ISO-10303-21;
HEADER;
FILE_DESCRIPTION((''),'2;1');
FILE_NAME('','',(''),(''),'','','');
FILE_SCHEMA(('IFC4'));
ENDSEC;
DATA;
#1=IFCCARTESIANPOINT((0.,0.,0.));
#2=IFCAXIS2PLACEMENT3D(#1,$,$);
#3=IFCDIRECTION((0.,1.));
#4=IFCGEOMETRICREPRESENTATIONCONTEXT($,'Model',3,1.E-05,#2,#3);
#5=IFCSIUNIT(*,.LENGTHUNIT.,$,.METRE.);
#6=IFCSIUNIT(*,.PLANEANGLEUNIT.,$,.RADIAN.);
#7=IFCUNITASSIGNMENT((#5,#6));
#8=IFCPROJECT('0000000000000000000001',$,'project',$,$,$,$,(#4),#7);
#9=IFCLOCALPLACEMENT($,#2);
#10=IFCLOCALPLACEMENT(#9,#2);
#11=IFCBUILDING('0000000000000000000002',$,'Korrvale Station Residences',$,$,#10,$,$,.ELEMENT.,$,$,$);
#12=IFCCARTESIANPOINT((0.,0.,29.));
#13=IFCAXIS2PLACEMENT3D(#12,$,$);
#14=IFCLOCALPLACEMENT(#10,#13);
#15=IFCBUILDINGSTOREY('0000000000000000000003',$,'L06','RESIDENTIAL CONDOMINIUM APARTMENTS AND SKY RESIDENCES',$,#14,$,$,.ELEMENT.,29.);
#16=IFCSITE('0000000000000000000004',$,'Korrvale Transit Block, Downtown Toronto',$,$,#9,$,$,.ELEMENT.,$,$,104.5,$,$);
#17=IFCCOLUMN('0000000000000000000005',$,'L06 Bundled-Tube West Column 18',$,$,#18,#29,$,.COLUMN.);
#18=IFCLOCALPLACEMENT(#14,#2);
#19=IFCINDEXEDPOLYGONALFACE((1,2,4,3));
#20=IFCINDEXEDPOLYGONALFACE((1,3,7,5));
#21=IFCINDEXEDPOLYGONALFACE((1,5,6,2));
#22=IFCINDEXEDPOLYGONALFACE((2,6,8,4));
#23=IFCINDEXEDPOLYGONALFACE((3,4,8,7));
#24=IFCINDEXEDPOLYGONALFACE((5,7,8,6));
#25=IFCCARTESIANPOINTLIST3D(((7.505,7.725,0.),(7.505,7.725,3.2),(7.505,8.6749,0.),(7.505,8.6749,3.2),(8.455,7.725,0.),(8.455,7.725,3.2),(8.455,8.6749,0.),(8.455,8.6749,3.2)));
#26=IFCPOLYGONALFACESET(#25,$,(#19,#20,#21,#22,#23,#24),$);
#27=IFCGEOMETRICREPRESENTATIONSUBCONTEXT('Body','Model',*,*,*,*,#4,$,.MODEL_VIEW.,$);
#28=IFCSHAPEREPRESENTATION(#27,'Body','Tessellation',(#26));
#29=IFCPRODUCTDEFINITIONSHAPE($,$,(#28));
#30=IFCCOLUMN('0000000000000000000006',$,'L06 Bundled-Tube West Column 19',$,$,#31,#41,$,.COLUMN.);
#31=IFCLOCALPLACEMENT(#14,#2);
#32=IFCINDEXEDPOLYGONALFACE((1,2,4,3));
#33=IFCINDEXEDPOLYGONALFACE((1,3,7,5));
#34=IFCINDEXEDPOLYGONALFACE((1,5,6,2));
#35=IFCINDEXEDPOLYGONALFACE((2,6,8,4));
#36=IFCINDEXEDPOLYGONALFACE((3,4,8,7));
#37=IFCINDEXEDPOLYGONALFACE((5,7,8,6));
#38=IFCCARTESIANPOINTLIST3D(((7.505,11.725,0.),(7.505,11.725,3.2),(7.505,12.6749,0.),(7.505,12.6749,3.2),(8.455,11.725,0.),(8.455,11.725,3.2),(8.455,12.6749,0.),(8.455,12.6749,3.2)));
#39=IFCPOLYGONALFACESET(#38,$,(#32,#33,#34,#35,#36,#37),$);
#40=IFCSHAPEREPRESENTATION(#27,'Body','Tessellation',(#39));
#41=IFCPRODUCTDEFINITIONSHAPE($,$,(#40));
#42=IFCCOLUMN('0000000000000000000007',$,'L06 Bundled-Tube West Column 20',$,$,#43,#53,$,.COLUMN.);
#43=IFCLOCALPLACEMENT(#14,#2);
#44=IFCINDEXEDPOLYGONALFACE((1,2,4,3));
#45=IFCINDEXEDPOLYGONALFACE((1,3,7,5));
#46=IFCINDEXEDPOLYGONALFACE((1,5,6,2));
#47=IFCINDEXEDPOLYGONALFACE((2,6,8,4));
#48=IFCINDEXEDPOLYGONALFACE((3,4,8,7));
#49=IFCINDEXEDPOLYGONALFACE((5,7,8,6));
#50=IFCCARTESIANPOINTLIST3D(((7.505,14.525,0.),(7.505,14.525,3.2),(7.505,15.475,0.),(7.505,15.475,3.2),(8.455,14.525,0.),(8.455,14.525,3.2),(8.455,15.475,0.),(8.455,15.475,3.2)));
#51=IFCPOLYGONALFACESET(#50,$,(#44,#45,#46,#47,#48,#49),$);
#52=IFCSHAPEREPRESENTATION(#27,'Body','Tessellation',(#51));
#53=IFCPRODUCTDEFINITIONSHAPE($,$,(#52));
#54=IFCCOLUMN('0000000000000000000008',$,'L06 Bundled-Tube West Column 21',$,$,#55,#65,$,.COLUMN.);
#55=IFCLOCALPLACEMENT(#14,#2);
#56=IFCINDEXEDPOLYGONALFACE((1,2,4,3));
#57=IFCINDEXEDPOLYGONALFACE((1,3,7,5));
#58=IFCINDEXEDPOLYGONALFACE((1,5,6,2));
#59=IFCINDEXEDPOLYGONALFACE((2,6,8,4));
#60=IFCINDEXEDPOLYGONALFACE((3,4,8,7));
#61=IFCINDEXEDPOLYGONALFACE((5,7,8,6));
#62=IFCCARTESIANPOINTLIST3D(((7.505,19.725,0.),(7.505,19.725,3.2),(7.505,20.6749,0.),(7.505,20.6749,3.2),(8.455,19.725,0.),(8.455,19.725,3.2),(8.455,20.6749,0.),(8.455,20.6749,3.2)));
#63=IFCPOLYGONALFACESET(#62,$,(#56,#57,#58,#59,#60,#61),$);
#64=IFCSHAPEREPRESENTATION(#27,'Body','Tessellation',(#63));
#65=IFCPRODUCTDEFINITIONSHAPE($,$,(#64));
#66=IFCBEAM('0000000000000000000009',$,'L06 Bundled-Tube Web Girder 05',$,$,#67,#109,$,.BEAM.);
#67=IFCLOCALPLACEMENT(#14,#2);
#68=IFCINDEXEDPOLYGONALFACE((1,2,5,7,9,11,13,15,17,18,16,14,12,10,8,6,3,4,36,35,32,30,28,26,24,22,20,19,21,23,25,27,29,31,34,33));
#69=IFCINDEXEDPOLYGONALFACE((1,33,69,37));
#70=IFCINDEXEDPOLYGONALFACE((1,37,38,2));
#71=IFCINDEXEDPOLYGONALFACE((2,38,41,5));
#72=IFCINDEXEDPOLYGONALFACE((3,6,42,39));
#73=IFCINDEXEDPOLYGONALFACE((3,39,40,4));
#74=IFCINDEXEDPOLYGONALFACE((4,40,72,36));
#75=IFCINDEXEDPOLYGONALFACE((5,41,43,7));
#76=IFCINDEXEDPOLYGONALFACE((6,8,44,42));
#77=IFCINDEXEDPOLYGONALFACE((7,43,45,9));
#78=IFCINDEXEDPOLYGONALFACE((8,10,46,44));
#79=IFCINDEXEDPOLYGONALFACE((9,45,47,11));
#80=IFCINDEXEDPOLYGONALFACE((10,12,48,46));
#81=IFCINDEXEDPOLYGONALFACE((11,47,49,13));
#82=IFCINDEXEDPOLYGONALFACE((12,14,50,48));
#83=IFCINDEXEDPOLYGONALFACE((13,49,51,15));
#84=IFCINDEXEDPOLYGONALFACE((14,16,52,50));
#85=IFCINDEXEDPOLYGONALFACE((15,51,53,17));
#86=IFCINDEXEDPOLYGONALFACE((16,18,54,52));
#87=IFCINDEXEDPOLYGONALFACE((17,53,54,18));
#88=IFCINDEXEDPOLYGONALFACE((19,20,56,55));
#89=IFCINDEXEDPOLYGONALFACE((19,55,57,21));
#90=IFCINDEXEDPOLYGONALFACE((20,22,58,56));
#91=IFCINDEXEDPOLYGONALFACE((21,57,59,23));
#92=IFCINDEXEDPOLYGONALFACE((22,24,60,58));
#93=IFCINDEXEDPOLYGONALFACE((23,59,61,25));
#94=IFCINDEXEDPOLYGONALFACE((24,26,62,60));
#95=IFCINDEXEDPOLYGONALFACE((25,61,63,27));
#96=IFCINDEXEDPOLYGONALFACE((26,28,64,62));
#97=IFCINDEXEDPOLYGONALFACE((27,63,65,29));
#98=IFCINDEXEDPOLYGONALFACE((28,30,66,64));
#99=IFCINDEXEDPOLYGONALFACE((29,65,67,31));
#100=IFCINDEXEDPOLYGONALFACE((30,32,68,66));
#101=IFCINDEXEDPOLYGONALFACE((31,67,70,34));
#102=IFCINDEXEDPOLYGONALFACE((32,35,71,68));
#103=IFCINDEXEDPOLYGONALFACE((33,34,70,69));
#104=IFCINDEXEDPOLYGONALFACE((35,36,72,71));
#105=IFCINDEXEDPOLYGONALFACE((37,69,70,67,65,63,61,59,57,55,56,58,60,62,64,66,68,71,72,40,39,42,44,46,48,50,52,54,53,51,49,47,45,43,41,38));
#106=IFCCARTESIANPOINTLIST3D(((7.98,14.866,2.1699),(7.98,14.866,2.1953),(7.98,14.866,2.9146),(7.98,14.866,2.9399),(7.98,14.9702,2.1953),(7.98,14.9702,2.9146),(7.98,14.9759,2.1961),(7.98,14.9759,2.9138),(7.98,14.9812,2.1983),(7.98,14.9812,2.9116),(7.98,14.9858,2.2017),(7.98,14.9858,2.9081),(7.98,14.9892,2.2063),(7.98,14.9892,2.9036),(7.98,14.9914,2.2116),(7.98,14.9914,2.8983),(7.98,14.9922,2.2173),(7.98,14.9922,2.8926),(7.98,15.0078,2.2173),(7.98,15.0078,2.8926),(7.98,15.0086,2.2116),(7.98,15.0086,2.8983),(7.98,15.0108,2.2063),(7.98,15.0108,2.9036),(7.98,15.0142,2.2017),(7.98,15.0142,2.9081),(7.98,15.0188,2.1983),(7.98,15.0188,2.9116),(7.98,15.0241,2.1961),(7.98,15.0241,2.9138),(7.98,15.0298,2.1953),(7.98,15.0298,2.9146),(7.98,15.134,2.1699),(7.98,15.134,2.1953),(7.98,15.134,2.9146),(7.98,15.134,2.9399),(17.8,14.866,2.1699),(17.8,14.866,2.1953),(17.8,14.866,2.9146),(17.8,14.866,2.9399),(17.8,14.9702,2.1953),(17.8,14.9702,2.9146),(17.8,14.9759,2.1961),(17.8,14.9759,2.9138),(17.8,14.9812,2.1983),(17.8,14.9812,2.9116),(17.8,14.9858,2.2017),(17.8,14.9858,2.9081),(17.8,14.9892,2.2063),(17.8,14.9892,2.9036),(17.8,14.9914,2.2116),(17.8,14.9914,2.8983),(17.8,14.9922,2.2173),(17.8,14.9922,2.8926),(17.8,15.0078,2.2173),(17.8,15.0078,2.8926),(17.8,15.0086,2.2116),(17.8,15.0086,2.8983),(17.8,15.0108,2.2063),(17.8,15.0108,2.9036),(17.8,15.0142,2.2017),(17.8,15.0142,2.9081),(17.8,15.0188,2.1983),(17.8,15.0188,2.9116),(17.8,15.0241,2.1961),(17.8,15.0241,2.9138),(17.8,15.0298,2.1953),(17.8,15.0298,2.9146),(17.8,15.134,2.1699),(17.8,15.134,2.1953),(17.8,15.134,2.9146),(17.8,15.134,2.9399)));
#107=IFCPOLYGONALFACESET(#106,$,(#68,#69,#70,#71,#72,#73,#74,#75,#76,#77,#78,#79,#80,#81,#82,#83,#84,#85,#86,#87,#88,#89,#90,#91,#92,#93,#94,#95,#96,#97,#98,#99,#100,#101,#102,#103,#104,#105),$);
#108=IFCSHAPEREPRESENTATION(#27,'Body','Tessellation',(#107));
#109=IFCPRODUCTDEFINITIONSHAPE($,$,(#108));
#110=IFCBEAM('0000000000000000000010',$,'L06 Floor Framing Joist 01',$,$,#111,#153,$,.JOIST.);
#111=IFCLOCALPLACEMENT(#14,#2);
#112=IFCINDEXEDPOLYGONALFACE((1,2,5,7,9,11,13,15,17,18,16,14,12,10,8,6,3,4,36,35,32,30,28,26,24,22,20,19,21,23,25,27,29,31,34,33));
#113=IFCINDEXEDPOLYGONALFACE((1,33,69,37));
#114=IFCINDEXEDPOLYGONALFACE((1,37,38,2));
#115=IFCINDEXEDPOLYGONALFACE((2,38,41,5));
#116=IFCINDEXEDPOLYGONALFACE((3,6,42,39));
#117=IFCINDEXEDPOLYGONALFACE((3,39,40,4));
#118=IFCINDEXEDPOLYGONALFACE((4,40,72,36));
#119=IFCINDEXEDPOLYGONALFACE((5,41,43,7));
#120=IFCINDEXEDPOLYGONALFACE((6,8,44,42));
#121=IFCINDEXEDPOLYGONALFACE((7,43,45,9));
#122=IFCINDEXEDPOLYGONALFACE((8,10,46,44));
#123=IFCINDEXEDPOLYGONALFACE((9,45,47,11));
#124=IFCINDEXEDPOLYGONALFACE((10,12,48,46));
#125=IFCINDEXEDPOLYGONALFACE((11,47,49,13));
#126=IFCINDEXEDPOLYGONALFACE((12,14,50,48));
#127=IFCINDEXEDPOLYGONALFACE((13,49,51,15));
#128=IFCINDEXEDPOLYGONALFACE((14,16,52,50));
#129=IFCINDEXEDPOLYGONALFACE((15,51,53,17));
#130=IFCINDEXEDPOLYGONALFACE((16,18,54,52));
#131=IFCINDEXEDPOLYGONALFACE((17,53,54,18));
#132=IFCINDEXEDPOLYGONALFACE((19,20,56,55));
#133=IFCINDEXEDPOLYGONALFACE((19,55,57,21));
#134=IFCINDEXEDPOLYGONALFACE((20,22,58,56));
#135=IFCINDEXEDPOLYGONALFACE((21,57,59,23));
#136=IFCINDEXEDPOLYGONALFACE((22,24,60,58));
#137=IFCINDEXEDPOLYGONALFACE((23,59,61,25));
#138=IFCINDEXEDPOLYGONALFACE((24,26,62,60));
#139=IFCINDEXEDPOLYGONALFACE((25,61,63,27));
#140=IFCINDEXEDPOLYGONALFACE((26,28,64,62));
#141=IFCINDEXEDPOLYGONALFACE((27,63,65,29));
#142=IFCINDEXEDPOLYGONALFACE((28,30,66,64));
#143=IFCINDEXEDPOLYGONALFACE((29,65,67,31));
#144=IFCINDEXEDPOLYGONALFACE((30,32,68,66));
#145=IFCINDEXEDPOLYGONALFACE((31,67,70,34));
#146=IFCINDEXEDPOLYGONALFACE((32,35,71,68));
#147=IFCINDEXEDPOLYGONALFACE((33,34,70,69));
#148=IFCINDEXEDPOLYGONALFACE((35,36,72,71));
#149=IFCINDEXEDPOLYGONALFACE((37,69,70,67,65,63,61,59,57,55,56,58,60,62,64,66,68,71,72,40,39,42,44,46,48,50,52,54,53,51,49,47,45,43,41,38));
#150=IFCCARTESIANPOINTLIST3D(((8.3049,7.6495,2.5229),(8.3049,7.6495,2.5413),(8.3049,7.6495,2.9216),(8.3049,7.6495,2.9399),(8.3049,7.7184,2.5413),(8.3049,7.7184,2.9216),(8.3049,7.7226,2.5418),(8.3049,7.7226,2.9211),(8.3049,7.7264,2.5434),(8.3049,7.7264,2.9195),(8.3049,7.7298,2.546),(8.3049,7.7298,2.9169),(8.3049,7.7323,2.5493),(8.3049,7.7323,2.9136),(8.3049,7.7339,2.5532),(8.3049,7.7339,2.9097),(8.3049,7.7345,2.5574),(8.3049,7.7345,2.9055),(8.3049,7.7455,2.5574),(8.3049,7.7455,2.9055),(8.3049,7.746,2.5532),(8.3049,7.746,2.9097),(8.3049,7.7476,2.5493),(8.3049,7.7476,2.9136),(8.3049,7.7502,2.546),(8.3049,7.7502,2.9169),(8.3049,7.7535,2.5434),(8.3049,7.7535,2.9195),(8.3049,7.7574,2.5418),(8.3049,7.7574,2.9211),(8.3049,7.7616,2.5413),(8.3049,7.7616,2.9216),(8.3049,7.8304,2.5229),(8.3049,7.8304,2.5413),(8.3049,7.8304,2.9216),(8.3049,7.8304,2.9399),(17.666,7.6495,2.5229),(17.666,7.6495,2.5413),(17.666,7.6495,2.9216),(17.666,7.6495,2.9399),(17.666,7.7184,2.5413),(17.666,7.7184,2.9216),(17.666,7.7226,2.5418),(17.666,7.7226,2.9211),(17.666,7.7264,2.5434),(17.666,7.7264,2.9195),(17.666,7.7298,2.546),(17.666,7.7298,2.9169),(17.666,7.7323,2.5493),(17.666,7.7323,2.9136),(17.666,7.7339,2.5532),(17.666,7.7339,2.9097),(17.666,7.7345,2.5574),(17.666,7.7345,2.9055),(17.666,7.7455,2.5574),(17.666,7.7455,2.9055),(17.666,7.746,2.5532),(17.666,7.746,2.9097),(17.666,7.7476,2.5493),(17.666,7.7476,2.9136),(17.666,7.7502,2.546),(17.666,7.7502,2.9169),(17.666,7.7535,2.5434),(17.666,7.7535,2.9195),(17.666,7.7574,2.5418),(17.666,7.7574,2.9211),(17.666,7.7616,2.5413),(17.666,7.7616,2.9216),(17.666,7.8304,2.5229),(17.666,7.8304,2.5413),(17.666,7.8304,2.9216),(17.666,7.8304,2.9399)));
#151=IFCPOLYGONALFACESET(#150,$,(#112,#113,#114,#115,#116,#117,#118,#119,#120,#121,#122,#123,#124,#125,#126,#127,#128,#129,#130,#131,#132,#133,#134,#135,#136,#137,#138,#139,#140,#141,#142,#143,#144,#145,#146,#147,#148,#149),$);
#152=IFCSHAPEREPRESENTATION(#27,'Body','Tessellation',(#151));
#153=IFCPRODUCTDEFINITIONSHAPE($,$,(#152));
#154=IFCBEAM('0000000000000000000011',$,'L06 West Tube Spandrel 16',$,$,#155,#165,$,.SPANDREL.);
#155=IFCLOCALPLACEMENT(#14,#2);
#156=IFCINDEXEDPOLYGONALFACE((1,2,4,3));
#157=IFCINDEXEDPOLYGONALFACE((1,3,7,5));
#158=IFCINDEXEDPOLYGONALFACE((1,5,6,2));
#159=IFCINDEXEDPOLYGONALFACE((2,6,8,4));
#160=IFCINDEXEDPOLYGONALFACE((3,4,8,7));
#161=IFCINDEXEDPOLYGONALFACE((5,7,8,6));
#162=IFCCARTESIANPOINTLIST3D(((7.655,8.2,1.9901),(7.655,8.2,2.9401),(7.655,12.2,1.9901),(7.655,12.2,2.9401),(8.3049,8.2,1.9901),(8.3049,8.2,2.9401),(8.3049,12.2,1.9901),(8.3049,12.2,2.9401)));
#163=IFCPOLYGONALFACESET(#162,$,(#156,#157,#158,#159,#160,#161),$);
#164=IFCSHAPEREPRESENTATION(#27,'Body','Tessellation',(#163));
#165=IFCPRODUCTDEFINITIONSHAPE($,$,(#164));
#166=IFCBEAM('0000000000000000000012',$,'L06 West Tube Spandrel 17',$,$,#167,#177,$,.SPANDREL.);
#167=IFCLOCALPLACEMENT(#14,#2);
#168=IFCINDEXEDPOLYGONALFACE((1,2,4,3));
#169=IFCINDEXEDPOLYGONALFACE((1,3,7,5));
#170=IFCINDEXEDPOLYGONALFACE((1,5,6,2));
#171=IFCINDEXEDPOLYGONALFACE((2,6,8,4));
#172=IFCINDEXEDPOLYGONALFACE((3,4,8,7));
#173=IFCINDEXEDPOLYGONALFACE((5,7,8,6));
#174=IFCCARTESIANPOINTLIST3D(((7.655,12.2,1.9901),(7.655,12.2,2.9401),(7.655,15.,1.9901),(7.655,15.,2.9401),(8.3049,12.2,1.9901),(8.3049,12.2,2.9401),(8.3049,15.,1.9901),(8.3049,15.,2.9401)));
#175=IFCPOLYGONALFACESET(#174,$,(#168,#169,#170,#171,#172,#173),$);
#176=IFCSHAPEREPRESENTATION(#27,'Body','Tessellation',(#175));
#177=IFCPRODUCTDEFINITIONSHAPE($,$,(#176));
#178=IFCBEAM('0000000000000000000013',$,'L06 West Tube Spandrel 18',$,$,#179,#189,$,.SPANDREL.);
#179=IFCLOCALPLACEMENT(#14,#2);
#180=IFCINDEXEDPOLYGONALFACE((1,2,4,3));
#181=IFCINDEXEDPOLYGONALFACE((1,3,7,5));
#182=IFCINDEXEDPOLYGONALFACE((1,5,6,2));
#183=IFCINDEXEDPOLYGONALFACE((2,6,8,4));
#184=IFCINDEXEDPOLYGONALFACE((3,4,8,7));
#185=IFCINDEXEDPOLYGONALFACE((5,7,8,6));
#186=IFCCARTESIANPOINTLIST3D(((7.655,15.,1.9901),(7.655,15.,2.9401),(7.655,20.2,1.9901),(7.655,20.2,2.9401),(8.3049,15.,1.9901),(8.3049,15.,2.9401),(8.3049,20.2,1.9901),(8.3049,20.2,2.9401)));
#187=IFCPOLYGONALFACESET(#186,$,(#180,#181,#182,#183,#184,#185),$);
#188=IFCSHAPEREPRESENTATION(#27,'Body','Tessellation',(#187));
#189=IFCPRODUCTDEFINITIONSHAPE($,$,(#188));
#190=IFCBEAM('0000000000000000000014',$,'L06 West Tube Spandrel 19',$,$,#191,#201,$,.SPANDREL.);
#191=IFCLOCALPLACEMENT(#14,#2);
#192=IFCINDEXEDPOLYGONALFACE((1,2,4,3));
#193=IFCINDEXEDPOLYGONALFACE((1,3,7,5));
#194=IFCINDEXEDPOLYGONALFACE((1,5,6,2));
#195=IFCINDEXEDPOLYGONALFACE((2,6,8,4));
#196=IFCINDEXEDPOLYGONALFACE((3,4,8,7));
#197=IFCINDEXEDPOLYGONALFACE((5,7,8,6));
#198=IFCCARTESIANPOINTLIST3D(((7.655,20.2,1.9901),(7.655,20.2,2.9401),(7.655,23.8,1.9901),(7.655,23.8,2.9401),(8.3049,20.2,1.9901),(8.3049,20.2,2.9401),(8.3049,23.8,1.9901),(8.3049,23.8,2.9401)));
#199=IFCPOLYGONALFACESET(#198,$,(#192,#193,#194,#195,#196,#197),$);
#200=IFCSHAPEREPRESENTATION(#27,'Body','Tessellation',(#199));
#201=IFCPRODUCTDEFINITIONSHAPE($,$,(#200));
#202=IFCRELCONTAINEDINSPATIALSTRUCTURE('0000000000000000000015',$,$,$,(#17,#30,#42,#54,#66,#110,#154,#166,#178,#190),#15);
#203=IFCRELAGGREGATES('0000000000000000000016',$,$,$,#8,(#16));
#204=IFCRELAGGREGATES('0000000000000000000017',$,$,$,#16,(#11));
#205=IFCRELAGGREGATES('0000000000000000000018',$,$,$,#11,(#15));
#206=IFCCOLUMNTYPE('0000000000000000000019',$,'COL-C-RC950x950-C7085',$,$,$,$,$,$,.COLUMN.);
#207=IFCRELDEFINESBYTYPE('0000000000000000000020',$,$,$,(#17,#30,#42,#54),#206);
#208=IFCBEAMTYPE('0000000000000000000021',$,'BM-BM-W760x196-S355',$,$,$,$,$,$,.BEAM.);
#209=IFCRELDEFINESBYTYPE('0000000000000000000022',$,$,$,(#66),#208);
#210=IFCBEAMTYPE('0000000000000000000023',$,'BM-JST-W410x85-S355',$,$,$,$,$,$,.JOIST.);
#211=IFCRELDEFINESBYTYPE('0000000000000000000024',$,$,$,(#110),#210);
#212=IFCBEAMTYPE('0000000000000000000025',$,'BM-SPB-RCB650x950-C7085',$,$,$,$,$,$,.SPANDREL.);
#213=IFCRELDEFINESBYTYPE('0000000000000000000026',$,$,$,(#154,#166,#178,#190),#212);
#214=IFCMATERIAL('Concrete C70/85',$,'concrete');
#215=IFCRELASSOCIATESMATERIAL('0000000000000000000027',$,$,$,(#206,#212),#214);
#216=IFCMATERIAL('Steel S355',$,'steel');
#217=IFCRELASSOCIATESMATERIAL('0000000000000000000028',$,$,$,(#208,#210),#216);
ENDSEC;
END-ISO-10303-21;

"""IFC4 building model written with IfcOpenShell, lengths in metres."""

from ifc_helpers import new_model, si_unit, direction, frame, origin, origin_2d, place, context, subcontext, project, spatial, rectangle, i_section, extrude, material, material_profile, profile_set, type_object, element, save


model = new_model("IFC4")

# Units and contexts
model_context = context("Model", 3, precision=1e-05, world=origin(), true_north=direction((0.0, 1.0)))
body_context = subcontext(model_context, "Body", "Model", "MODEL_VIEW")
ifc_project = project(units=[si_unit("LENGTHUNIT", "METRE"), si_unit("PLANEANGLEUNIT", "RADIAN")], contexts=[model_context])

# Site, building, storey
site_placement = place(None, origin())
site = spatial("IfcSite", under=ifc_project, at=site_placement, Name="Korrvale Transit Block, Downtown Toronto", CompositionType="ELEMENT", RefElevation=104.5)
building_placement = place(site_placement, origin())
building = spatial("IfcBuilding", under=site, at=building_placement, Name="Korrvale Station Residences", CompositionType="ELEMENT")
storey_placement = place(building_placement, frame((0.0, 0.0, 29.0)))
storey = spatial("IfcBuildingStorey", under=building, at=storey_placement, Name="L06", Description="RESIDENTIAL CONDOMINIUM APARTMENTS AND SKY RESIDENCES", CompositionType="ELEMENT", Elevation=29.0)

# Columns
ifc_material_1 = material(Name="Concrete C70/85", Category="concrete")
ifc_material_profile_1 = material_profile(ifc_material_1, rectangle(XDim=0.95, YDim=0.95, at=origin_2d()), Name="RC950x950")
ifc_profile_set_1 = profile_set([ifc_material_profile_1], Name="Concrete C70/85")
column_type = type_object("IfcColumnType", Name="COL-C-RC950x950-C7085", PredefinedType="COLUMN", material=ifc_profile_set_1)
for number, where, z_axis, x_axis, name in (
    (1, (7.98, 8.2, 0.0), (0.0, 0.0, 1.0), (1.0, 0.0, 0.0), "L06 Bundled-Tube West Column 18"),
    (2, (7.98, 12.2, 0.0), (0.0, 0.0, 1.0), (1.0, 0.0, 0.0), "L06 Bundled-Tube West Column 19"),
    (3, (7.98, 15.0, 0.0), (0.0, 0.0, 1.0), (1.0, 0.0, 0.0), "L06 Bundled-Tube West Column 20"),
    (4, (7.98, 20.2, 0.0), (0.0, 0.0, 1.0), (1.0, 0.0, 0.0), "L06 Bundled-Tube West Column 21"),
):
    element("IfcColumn", number, at=place(storey_placement, frame(where, z_axis=z_axis, x_axis=x_axis)), inside=storey, type_object=column_type, Name=name, PredefinedType="COLUMN", context=body_context, shape_type="SweptSolid", body=[
        extrude(rectangle(XDim=0.95, YDim=0.95, at=origin_2d()), origin(), (0.0, 0.0, 1.0), 3.2),
    ])

# Beams
ifc_material_2 = material(Name="Steel S355", Category="steel")
ifc_material_profile_2 = material_profile(ifc_material_2, i_section(OverallWidth=0.2681, OverallDepth=0.77, WebThickness=0.0156, FlangeThickness=0.0254, FilletRadius=0.022, at=origin_2d()), Name="W760x196")
ifc_profile_set_2 = profile_set([ifc_material_profile_2], Name="Steel S355")
beam_type_1 = type_object("IfcBeamType", Name="BM-BM-W760x196-S355", PredefinedType="BEAM", material=ifc_profile_set_2)
beam_1_placement = place(storey_placement, frame((7.98, 15.0, 2.5549), z_axis=(1.0, 0.0, 0.0), x_axis=(0.0, 1.0, 0.0)))
element("IfcBeam", 5, at=beam_1_placement, inside=storey, type_object=beam_type_1, Name="L06 Bundled-Tube Web Girder 05", PredefinedType="BEAM", context=body_context, shape_type="SweptSolid", body=[
    extrude(i_section(OverallWidth=0.2681, OverallDepth=0.77, WebThickness=0.0156, FlangeThickness=0.0254, FilletRadius=0.022, at=origin_2d()), origin(), (0.0, 0.0, 1.0), 9.8201),
])
ifc_material_profile_3 = material_profile(ifc_material_2, i_section(OverallWidth=0.1809, OverallDepth=0.417, WebThickness=0.011, FlangeThickness=0.0183, FilletRadius=0.0161, at=origin_2d()), Name="W410x85")
ifc_profile_set_3 = profile_set([ifc_material_profile_3], Name="Steel S355")
beam_type_2 = type_object("IfcBeamType", Name="BM-JST-W410x85-S355", PredefinedType="JOIST", material=ifc_profile_set_3)
beam_2_placement = place(storey_placement, frame((8.3049, 7.74, 2.7314), z_axis=(1.0, 0.0, 0.0), x_axis=(0.0, 1.0, 0.0)))
element("IfcBeam", 6, at=beam_2_placement, inside=storey, type_object=beam_type_2, Name="L06 Floor Framing Joist 01", PredefinedType="JOIST", context=body_context, shape_type="SweptSolid", body=[
    extrude(i_section(OverallWidth=0.1809, OverallDepth=0.417, WebThickness=0.011, FlangeThickness=0.0183, FilletRadius=0.0161, at=origin_2d()), origin(), (0.0, 0.0, 1.0), 9.3611),
])
ifc_material_profile_4 = material_profile(ifc_material_1, rectangle(XDim=0.6499, YDim=0.95, at=origin_2d()), Name="RCB650x950")
ifc_profile_set_4 = profile_set([ifc_material_profile_4], Name="Concrete C70/85")
beam_type_3 = type_object("IfcBeamType", Name="BM-SPB-RCB650x950-C7085", PredefinedType="SPANDREL", material=ifc_profile_set_4)
beam_3_placement = place(storey_placement, frame((7.98, 8.2, 2.4651), z_axis=(0.0, 1.0, 0.0), x_axis=(-1.0, 0.0, 0.0)))
element("IfcBeam", 7, at=beam_3_placement, inside=storey, type_object=beam_type_3, Name="L06 West Tube Spandrel 16", PredefinedType="SPANDREL", context=body_context, shape_type="SweptSolid", body=[
    extrude(rectangle(XDim=0.6499, YDim=0.95, at=origin_2d()), origin(), (0.0, 0.0, 1.0), 4.0),
])
beam_4_placement = place(storey_placement, frame((7.98, 12.2, 2.4651), z_axis=(0.0, 1.0, 0.0), x_axis=(-1.0, 0.0, 0.0)))
element("IfcBeam", 8, at=beam_4_placement, inside=storey, type_object=beam_type_3, Name="L06 West Tube Spandrel 17", PredefinedType="SPANDREL", context=body_context, shape_type="SweptSolid", body=[
    extrude(rectangle(XDim=0.6499, YDim=0.95, at=origin_2d()), origin(), (0.0, 0.0, 1.0), 2.8),
])
beam_5_placement = place(storey_placement, frame((7.98, 15.0, 2.4651), z_axis=(0.0, 1.0, 0.0), x_axis=(-1.0, 0.0, 0.0)))
element("IfcBeam", 9, at=beam_5_placement, inside=storey, type_object=beam_type_3, Name="L06 West Tube Spandrel 18", PredefinedType="SPANDREL", context=body_context, shape_type="SweptSolid", body=[
    extrude(rectangle(XDim=0.6499, YDim=0.95, at=origin_2d()), origin(), (0.0, 0.0, 1.0), 5.2),
])
beam_6_placement = place(storey_placement, frame((7.98, 20.2, 2.4651), z_axis=(0.0, 1.0, 0.0), x_axis=(-1.0, 0.0, 0.0)))
element("IfcBeam", 10, at=beam_6_placement, inside=storey, type_object=beam_type_3, Name="L06 West Tube Spandrel 19", PredefinedType="SPANDREL", context=body_context, shape_type="SweptSolid", body=[
    extrude(rectangle(XDim=0.6499, YDim=0.95, at=origin_2d()), origin(), (0.0, 0.0, 1.0), 3.6001),
])

save(model, "model.ifc")
